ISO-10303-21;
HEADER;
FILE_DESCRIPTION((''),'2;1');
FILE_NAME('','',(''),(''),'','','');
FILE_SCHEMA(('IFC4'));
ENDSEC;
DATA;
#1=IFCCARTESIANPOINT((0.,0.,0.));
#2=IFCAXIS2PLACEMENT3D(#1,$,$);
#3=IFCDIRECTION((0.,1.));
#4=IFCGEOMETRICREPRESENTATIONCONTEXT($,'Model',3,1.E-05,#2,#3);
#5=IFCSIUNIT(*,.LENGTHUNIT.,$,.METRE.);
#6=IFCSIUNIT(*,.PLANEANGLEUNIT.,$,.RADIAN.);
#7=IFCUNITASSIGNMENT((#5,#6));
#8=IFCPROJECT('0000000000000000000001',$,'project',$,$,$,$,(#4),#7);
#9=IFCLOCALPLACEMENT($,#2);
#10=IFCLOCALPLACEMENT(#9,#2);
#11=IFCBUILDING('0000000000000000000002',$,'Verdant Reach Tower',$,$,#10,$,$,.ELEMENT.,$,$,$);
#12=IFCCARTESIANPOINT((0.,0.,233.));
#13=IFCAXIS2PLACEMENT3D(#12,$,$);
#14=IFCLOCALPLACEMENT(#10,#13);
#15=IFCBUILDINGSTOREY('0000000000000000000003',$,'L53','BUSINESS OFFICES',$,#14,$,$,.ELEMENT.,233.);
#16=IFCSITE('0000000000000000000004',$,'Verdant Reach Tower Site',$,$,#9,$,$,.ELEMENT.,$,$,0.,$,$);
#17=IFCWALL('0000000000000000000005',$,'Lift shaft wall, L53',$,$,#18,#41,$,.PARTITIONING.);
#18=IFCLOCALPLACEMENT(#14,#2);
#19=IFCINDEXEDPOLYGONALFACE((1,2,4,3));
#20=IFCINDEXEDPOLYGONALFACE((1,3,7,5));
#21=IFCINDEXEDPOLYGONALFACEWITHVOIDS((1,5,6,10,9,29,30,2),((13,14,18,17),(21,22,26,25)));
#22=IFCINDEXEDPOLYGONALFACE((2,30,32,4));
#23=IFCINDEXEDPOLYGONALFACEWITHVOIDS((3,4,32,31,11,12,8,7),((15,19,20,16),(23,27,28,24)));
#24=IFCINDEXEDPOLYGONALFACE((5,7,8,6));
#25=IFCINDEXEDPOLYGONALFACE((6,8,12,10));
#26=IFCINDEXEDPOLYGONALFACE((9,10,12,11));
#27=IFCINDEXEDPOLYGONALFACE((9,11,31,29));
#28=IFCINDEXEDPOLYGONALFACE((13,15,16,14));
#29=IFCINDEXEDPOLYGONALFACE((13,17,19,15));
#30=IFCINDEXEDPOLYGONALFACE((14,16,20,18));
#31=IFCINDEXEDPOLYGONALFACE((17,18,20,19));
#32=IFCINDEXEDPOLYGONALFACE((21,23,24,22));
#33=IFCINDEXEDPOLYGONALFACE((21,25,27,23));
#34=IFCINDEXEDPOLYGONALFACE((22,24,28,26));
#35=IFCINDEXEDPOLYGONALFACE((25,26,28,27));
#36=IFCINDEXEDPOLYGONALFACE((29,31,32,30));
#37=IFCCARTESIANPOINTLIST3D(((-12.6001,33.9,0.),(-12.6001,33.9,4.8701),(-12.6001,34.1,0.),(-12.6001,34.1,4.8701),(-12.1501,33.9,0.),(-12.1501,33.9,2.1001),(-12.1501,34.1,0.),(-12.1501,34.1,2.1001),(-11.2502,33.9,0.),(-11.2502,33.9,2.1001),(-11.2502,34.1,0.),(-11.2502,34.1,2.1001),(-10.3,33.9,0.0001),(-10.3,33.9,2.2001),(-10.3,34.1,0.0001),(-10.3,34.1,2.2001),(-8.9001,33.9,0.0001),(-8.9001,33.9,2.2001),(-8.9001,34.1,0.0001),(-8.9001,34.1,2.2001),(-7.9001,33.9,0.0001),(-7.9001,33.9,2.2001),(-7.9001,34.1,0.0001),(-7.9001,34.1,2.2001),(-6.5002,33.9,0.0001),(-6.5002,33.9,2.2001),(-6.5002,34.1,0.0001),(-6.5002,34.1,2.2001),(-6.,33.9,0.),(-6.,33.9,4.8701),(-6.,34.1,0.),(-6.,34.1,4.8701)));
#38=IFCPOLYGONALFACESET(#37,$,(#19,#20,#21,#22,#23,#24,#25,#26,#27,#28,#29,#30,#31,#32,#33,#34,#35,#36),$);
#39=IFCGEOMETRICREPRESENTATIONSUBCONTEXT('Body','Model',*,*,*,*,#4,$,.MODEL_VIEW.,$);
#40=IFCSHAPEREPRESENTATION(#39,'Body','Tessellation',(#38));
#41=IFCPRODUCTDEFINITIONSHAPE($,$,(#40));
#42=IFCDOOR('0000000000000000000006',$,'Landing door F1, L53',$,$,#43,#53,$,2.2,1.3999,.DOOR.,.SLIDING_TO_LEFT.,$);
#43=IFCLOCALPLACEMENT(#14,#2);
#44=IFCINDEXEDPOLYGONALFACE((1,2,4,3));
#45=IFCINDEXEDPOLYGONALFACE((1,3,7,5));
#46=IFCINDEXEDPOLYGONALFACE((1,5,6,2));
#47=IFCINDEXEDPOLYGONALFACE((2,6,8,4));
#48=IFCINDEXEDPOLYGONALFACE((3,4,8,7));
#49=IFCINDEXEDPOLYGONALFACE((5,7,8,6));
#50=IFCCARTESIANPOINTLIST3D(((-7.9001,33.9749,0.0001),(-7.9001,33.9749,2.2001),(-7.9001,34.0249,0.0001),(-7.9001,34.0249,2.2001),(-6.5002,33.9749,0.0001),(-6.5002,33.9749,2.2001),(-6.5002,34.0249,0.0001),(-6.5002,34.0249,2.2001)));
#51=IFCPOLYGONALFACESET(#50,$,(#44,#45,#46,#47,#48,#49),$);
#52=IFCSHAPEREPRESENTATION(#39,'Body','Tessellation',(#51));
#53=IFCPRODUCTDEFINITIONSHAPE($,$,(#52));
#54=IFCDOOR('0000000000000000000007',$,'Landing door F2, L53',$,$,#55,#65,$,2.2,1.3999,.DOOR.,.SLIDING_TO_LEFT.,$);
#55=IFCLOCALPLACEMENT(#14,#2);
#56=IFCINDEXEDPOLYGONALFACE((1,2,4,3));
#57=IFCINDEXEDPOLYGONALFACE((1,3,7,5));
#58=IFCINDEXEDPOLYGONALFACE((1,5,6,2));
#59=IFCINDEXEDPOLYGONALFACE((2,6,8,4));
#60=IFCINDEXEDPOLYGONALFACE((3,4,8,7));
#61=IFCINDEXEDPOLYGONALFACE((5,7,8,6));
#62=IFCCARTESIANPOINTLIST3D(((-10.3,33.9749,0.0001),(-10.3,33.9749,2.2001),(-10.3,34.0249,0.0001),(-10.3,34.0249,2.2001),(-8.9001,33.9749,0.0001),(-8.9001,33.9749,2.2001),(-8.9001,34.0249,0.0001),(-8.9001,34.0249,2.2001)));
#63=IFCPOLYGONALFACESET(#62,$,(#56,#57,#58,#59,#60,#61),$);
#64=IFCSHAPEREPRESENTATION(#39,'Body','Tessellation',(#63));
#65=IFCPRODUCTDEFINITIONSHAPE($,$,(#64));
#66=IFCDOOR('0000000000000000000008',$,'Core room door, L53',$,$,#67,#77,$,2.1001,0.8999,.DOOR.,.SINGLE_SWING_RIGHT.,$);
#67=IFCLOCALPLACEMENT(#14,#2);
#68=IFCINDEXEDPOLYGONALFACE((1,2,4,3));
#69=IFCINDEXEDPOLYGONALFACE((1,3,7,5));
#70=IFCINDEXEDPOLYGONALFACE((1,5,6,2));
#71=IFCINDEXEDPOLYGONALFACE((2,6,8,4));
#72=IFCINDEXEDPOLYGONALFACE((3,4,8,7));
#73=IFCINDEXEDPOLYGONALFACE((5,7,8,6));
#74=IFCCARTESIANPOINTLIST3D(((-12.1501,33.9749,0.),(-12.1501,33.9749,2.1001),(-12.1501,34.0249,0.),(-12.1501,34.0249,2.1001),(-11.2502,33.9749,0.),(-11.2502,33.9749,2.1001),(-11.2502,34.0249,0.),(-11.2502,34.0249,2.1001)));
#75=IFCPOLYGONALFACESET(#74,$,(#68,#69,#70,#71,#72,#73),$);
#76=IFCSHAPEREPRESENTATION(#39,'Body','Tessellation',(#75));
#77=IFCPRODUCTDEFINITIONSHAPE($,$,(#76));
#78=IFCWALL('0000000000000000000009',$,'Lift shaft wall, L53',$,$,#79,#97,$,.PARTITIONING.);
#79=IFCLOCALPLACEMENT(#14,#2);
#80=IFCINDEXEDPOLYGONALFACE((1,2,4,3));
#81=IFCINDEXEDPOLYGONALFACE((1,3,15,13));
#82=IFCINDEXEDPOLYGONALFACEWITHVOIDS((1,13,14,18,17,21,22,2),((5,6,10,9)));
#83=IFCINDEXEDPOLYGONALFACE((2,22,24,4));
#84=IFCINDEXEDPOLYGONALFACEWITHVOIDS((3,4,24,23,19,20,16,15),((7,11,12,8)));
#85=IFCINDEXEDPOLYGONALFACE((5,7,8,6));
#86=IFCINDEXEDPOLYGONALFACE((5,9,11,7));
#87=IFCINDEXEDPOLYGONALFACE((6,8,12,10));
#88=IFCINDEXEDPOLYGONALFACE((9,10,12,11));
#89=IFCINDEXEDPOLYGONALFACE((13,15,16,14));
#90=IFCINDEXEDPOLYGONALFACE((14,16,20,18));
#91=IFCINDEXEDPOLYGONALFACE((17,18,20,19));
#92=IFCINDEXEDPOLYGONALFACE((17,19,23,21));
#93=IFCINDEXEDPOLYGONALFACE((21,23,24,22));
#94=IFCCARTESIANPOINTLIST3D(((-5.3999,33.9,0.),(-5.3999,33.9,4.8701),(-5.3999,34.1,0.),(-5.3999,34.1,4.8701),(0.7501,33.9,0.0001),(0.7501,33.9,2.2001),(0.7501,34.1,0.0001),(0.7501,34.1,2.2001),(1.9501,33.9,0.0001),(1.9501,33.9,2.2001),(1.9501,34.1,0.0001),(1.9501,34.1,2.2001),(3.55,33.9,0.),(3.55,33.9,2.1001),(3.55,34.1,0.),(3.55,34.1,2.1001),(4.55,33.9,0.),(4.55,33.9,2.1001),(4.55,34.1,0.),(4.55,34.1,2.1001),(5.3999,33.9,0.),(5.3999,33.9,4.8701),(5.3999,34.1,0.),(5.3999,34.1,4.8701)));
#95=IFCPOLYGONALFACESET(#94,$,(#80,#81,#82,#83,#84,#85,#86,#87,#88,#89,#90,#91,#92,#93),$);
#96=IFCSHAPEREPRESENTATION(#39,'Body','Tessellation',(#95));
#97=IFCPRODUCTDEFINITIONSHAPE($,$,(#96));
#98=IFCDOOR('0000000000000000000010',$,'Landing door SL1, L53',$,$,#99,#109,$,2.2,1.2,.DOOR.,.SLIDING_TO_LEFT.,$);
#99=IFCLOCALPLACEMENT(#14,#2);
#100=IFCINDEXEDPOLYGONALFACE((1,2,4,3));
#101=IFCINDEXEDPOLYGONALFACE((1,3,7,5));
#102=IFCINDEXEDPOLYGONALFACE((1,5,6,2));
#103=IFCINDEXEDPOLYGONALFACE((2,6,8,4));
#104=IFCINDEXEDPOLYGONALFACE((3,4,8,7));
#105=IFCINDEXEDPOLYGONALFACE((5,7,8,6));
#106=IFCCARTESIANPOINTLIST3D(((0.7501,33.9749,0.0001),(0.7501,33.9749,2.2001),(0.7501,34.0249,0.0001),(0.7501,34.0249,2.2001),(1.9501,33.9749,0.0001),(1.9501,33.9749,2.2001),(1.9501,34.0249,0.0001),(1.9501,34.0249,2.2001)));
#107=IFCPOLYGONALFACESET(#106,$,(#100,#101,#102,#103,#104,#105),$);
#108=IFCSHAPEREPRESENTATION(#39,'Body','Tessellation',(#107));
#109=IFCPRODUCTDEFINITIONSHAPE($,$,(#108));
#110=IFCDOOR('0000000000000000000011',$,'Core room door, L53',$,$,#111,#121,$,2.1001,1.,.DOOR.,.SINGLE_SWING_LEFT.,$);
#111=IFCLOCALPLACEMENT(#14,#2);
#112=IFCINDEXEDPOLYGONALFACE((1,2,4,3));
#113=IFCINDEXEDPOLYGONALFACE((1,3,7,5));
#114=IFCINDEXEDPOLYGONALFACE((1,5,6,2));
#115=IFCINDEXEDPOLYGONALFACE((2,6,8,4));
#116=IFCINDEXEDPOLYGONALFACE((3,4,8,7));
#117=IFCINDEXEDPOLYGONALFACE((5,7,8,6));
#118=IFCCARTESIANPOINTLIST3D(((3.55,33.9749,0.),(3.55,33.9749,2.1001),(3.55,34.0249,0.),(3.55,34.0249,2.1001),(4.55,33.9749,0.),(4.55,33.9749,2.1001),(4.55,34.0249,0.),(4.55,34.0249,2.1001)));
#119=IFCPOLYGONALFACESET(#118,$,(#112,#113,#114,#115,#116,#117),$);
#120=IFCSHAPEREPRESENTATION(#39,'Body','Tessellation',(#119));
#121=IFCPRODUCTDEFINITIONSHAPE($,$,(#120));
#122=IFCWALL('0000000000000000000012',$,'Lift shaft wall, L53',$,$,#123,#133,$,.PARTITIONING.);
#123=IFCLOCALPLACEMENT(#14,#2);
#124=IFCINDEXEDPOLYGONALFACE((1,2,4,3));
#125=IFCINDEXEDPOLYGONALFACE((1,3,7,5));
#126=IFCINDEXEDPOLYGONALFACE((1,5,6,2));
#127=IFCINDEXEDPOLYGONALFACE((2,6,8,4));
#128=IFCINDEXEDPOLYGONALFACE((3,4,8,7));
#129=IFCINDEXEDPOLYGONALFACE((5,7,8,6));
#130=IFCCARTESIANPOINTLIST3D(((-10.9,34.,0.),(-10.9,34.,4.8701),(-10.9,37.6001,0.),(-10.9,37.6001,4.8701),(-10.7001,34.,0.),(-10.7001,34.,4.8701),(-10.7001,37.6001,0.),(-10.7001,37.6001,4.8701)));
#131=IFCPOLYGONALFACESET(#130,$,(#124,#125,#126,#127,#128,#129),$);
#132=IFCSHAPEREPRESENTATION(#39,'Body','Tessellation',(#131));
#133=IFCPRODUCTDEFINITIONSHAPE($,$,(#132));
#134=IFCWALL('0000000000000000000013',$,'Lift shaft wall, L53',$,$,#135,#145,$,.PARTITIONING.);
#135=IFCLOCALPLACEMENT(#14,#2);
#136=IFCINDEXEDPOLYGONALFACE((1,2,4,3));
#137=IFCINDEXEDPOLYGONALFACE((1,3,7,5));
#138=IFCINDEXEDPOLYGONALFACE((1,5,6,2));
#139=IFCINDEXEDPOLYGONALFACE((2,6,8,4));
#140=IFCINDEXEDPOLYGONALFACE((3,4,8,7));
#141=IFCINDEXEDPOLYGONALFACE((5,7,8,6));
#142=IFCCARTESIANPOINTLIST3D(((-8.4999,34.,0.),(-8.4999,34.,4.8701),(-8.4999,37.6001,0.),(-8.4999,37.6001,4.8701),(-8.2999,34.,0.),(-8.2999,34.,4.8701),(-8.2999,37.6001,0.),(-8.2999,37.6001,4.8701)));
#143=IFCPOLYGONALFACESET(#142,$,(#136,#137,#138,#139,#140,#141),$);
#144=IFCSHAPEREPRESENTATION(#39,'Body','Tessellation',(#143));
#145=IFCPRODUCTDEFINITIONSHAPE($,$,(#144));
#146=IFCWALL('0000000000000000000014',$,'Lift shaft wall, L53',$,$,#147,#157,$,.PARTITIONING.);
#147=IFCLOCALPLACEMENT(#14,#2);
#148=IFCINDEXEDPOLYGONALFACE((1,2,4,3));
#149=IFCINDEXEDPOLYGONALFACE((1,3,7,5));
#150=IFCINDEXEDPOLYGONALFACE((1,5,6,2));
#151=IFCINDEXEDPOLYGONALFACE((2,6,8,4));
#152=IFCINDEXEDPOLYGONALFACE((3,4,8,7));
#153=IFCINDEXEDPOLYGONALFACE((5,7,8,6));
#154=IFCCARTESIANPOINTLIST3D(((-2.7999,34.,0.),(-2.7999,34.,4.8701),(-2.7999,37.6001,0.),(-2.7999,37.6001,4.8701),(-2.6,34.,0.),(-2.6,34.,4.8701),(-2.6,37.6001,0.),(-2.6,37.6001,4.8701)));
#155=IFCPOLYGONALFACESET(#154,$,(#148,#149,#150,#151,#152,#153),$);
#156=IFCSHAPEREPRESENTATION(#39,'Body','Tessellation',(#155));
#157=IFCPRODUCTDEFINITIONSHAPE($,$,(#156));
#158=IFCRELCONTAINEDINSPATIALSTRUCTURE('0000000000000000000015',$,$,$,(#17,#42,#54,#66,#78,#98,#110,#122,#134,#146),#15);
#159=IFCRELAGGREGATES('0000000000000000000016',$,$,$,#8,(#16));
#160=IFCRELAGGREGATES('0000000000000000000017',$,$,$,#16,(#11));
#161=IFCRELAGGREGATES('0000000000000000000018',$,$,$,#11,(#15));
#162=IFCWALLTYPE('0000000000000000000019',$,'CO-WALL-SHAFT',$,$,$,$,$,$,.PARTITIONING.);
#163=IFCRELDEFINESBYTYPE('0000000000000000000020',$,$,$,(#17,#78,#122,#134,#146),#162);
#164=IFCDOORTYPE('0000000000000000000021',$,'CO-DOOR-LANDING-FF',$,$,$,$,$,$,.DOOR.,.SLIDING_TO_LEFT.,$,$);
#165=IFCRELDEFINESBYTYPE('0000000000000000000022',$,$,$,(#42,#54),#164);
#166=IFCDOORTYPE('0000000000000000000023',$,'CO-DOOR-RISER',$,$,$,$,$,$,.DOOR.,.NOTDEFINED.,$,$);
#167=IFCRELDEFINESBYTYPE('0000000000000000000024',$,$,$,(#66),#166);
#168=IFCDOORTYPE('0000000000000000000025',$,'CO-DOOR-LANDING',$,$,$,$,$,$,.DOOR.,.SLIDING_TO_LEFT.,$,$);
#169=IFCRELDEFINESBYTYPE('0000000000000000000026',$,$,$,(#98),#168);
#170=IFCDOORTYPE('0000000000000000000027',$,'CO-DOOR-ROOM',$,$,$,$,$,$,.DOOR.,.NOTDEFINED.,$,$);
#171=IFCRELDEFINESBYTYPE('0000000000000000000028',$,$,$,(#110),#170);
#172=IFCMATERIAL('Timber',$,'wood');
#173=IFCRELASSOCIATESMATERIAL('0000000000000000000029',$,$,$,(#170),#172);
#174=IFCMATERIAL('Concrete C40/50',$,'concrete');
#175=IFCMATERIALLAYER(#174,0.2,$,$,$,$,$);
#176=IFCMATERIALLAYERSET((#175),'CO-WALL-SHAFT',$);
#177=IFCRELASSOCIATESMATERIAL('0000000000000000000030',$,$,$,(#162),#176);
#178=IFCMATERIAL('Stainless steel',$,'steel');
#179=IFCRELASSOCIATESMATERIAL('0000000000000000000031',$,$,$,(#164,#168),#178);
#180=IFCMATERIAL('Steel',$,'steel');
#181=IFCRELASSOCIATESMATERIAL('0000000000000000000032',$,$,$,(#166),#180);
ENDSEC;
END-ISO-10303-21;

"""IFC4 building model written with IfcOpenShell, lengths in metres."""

from ifc_helpers import new_model, si_unit, direction, frame, frame_2d, origin, place, context, subcontext, project, spatial, rectangle, extrude, material, layer, layer_set, type_object, element, fill, save


model = new_model("IFC4")

# Units and contexts
model_context = context("Model", 3, precision=1e-05, world=origin(), true_north=direction((0.0, 1.0)))
body_context = subcontext(model_context, "Body", "Model", "MODEL_VIEW")
ifc_project = project(units=[si_unit("LENGTHUNIT", "METRE"), si_unit("PLANEANGLEUNIT", "RADIAN")], contexts=[model_context])

# Site, building, storey
site_placement = place(None, origin())
site = spatial("IfcSite", under=ifc_project, at=site_placement, Name="Verdant Reach Tower Site", CompositionType="ELEMENT", RefElevation=0.0)
building_placement = place(site_placement, origin())
building = spatial("IfcBuilding", under=site, at=building_placement, Name="Verdant Reach Tower", CompositionType="ELEMENT")
storey_placement = place(building_placement, frame((0.0, 0.0, 233.0)))
storey = spatial("IfcBuildingStorey", under=building, at=storey_placement, Name="L53", Description="BUSINESS OFFICES", CompositionType="ELEMENT", Elevation=233.0)

# Walls, openings, doors
ifc_material_1 = material(Name="Timber", Category="wood")
door_type_1 = type_object("IfcDoorType", Name="CO-DOOR-ROOM", OperationType="NOTDEFINED", PredefinedType="DOOR", material=ifc_material_1)
ifc_material_2 = material(Name="Concrete C40/50", Category="concrete")
ifc_layer_1 = layer(ifc_material_2, 0.2)
ifc_layer_set_1 = layer_set([ifc_layer_1], Name="CO-WALL-SHAFT")
wall_type_1 = type_object("IfcWallType", Name="CO-WALL-SHAFT", PredefinedType="PARTITIONING", material=ifc_layer_set_1)
wall_1_placement = place(storey_placement, frame((-12.6001, 34.0, 0.0), z_axis=(0.0, 0.0, 1.0), x_axis=(1.0, 0.0, 0.0)))
wall_1 = element("IfcWall", 1, at=wall_1_placement, inside=storey, type_object=wall_type_1, Name="Lift shaft wall, L53", PredefinedType="PARTITIONING", context=body_context, shape_type="SweptSolid", body=[
    extrude(rectangle(XDim=6.6001, YDim=0.2, at=frame_2d((3.3, 0.0))), origin(), (0.0, 0.0, 1.0), 4.8701),
])
opening_1_placement = place(wall_1_placement, frame((4.7, 0.0, 0.0)))
opening_1 = element("IfcOpeningElement", 2, at=opening_1_placement, cuts=wall_1, PredefinedType="OPENING", context=body_context, shape_type="SweptSolid", body=[
    extrude(rectangle(XDim=1.3999, YDim=2.2, at=frame_2d((0.7, 1.1001))), frame((0.0, 0.1099, 0.0), z_axis=(0.0, -1.0, 0.0), x_axis=(1.0, 0.0, 0.0)), (0.0, 0.0, 1.0), 0.22),
])
opening_2_placement = place(wall_1_placement, frame((2.3, 0.0, 0.0)))
opening_2 = element("IfcOpeningElement", 3, at=opening_2_placement, cuts=wall_1, PredefinedType="OPENING", context=body_context, shape_type="SweptSolid", body=[
    extrude(rectangle(XDim=1.3999, YDim=2.2, at=frame_2d((0.7, 1.1001))), frame((0.0, 0.1099, 0.0), z_axis=(0.0, -1.0, 0.0), x_axis=(1.0, 0.0, 0.0)), (0.0, 0.0, 1.0), 0.22),
])
opening_3_placement = place(wall_1_placement, frame((0.45, 0.0, 0.0)))
opening_3 = element("IfcOpeningElement", 4, at=opening_3_placement, cuts=wall_1, PredefinedType="OPENING", context=body_context, shape_type="SweptSolid", body=[
    extrude(rectangle(XDim=0.8999, YDim=2.1001, at=frame_2d((0.45, 1.05))), frame((0.0, 0.1099, 0.0), z_axis=(0.0, -1.0, 0.0), x_axis=(1.0, 0.0, 0.0)), (0.0, 0.0, 1.0), 0.22),
])
ifc_material_3 = material(Name="Stainless steel", Category="steel")
door_type_2 = type_object("IfcDoorType", Name="CO-DOOR-LANDING-FF", OperationType="SLIDING_TO_LEFT", PredefinedType="DOOR", material=ifc_material_3)
door_1_placement = place(opening_1_placement, origin())
door_1 = element("IfcDoor", 5, at=door_1_placement, inside=storey, type_object=door_type_2, Name="Landing door F1, L53", OperationType="SLIDING_TO_LEFT", OverallHeight=2.2, OverallWidth=1.3999, PredefinedType="DOOR", context=body_context, shape_type="SweptSolid", body=[
    extrude(rectangle(XDim=1.3999, YDim=2.2, at=frame_2d((0.7, 1.1001))), frame((0.0, 0.0249, 0.0), z_axis=(0.0, -1.0, 0.0), x_axis=(1.0, 0.0, 0.0)), (0.0, 0.0, 1.0), 0.05),
])
fill(opening_1, door_1)
door_2_placement = place(opening_2_placement, origin())
door_2 = element("IfcDoor", 6, at=door_2_placement, inside=storey, type_object=door_type_2, Name="Landing door F2, L53", OperationType="SLIDING_TO_LEFT", OverallHeight=2.2, OverallWidth=1.3999, PredefinedType="DOOR", context=body_context, shape_type="SweptSolid", body=[
    extrude(rectangle(XDim=1.3999, YDim=2.2, at=frame_2d((0.7, 1.1001))), frame((0.0, 0.0249, 0.0), z_axis=(0.0, -1.0, 0.0), x_axis=(1.0, 0.0, 0.0)), (0.0, 0.0, 1.0), 0.05),
])
fill(opening_2, door_2)
ifc_material_4 = material(Name="Steel", Category="steel")
door_type_3 = type_object("IfcDoorType", Name="CO-DOOR-RISER", OperationType="NOTDEFINED", PredefinedType="DOOR", material=ifc_material_4)
door_3_placement = place(opening_3_placement, origin())
door_3 = element("IfcDoor", 7, at=door_3_placement, inside=storey, type_object=door_type_3, Name="Core room door, L53", OperationType="SINGLE_SWING_RIGHT", OverallHeight=2.1001, OverallWidth=0.8999, PredefinedType="DOOR", context=body_context, shape_type="SweptSolid", body=[
    extrude(rectangle(XDim=0.8999, YDim=2.1001, at=frame_2d((0.45, 1.05))), frame((0.0, 0.0249, 0.0), z_axis=(0.0, -1.0, 0.0), x_axis=(1.0, 0.0, 0.0)), (0.0, 0.0, 1.0), 0.05),
])
fill(opening_3, door_3)
wall_2_placement = place(storey_placement, frame((-5.3999, 34.0, 0.0), z_axis=(0.0, 0.0, 1.0), x_axis=(1.0, 0.0, 0.0)))
wall_2 = element("IfcWall", 8, at=wall_2_placement, inside=storey, type_object=wall_type_1, Name="Lift shaft wall, L53", PredefinedType="PARTITIONING", context=body_context, shape_type="SweptSolid", body=[
    extrude(rectangle(XDim=10.7998, YDim=0.2, at=frame_2d((5.3999, 0.0))), origin(), (0.0, 0.0, 1.0), 4.8701),
])
opening_4_placement = place(wall_2_placement, frame((6.1499, 0.0, 0.0)))
opening_4 = element("IfcOpeningElement", 9, at=opening_4_placement, cuts=wall_2, PredefinedType="OPENING", context=body_context, shape_type="SweptSolid", body=[
    extrude(rectangle(XDim=1.2, YDim=2.2, at=frame_2d((0.6001, 1.1001))), frame((0.0, 0.1099, 0.0), z_axis=(0.0, -1.0, 0.0), x_axis=(1.0, 0.0, 0.0)), (0.0, 0.0, 1.0), 0.22),
])
opening_5_placement = place(wall_2_placement, frame((8.95, 0.0, 0.0)))
opening_5 = element("IfcOpeningElement", 10, at=opening_5_placement, cuts=wall_2, PredefinedType="OPENING", context=body_context, shape_type="SweptSolid", body=[
    extrude(rectangle(XDim=1.0, YDim=2.1001, at=frame_2d((0.5, 1.05))), frame((0.0, 0.1099, 0.0), z_axis=(0.0, -1.0, 0.0), x_axis=(1.0, 0.0, 0.0)), (0.0, 0.0, 1.0), 0.22),
])
door_type_4 = type_object("IfcDoorType", Name="CO-DOOR-LANDING", OperationType="SLIDING_TO_LEFT", PredefinedType="DOOR", material=ifc_material_3)
door_4_placement = place(opening_4_placement, origin())
door_4 = element("IfcDoor", 11, at=door_4_placement, inside=storey, type_object=door_type_4, Name="Landing door SL1, L53", OperationType="SLIDING_TO_LEFT", OverallHeight=2.2, OverallWidth=1.2, PredefinedType="DOOR", context=body_context, shape_type="SweptSolid", body=[
    extrude(rectangle(XDim=1.2, YDim=2.2, at=frame_2d((0.6001, 1.1001))), frame((0.0, 0.0249, 0.0), z_axis=(0.0, -1.0, 0.0), x_axis=(1.0, 0.0, 0.0)), (0.0, 0.0, 1.0), 0.05),
])
fill(opening_4, door_4)
door_5_placement = place(opening_5_placement, origin())
door_5 = element("IfcDoor", 12, at=door_5_placement, inside=storey, type_object=door_type_1, Name="Core room door, L53", OperationType="SINGLE_SWING_LEFT", OverallHeight=2.1001, OverallWidth=1.0, PredefinedType="DOOR", context=body_context, shape_type="SweptSolid", body=[
    extrude(rectangle(XDim=1.0, YDim=2.1001, at=frame_2d((0.5, 1.05))), frame((0.0, 0.0249, 0.0), z_axis=(0.0, -1.0, 0.0), x_axis=(1.0, 0.0, 0.0)), (0.0, 0.0, 1.0), 0.05),
])
fill(opening_5, door_5)

# Walls
for number, where, z_axis, x_axis, name in (
    (13, (-10.8, 34.0, 0.0), (0.0, 0.0, 1.0), (0.0, 1.0, 0.0), "Lift shaft wall, L53"),
    (14, (-8.3999, 34.0, 0.0), (0.0, 0.0, 1.0), (0.0, 1.0, 0.0), "Lift shaft wall, L53"),
    (15, (-2.7, 34.0, 0.0), (0.0, 0.0, 1.0), (0.0, 1.0, 0.0), "Lift shaft wall, L53"),
):
    element("IfcWall", number, at=place(storey_placement, frame(where, z_axis=z_axis, x_axis=x_axis)), inside=storey, type_object=wall_type_1, Name=name, PredefinedType="PARTITIONING", context=body_context, shape_type="SweptSolid", body=[
        extrude(rectangle(XDim=3.6001, YDim=0.2, at=frame_2d((1.8, 0.0))), origin(), (0.0, 0.0, 1.0), 4.8701),
    ])

save(model, "model.ifc")
